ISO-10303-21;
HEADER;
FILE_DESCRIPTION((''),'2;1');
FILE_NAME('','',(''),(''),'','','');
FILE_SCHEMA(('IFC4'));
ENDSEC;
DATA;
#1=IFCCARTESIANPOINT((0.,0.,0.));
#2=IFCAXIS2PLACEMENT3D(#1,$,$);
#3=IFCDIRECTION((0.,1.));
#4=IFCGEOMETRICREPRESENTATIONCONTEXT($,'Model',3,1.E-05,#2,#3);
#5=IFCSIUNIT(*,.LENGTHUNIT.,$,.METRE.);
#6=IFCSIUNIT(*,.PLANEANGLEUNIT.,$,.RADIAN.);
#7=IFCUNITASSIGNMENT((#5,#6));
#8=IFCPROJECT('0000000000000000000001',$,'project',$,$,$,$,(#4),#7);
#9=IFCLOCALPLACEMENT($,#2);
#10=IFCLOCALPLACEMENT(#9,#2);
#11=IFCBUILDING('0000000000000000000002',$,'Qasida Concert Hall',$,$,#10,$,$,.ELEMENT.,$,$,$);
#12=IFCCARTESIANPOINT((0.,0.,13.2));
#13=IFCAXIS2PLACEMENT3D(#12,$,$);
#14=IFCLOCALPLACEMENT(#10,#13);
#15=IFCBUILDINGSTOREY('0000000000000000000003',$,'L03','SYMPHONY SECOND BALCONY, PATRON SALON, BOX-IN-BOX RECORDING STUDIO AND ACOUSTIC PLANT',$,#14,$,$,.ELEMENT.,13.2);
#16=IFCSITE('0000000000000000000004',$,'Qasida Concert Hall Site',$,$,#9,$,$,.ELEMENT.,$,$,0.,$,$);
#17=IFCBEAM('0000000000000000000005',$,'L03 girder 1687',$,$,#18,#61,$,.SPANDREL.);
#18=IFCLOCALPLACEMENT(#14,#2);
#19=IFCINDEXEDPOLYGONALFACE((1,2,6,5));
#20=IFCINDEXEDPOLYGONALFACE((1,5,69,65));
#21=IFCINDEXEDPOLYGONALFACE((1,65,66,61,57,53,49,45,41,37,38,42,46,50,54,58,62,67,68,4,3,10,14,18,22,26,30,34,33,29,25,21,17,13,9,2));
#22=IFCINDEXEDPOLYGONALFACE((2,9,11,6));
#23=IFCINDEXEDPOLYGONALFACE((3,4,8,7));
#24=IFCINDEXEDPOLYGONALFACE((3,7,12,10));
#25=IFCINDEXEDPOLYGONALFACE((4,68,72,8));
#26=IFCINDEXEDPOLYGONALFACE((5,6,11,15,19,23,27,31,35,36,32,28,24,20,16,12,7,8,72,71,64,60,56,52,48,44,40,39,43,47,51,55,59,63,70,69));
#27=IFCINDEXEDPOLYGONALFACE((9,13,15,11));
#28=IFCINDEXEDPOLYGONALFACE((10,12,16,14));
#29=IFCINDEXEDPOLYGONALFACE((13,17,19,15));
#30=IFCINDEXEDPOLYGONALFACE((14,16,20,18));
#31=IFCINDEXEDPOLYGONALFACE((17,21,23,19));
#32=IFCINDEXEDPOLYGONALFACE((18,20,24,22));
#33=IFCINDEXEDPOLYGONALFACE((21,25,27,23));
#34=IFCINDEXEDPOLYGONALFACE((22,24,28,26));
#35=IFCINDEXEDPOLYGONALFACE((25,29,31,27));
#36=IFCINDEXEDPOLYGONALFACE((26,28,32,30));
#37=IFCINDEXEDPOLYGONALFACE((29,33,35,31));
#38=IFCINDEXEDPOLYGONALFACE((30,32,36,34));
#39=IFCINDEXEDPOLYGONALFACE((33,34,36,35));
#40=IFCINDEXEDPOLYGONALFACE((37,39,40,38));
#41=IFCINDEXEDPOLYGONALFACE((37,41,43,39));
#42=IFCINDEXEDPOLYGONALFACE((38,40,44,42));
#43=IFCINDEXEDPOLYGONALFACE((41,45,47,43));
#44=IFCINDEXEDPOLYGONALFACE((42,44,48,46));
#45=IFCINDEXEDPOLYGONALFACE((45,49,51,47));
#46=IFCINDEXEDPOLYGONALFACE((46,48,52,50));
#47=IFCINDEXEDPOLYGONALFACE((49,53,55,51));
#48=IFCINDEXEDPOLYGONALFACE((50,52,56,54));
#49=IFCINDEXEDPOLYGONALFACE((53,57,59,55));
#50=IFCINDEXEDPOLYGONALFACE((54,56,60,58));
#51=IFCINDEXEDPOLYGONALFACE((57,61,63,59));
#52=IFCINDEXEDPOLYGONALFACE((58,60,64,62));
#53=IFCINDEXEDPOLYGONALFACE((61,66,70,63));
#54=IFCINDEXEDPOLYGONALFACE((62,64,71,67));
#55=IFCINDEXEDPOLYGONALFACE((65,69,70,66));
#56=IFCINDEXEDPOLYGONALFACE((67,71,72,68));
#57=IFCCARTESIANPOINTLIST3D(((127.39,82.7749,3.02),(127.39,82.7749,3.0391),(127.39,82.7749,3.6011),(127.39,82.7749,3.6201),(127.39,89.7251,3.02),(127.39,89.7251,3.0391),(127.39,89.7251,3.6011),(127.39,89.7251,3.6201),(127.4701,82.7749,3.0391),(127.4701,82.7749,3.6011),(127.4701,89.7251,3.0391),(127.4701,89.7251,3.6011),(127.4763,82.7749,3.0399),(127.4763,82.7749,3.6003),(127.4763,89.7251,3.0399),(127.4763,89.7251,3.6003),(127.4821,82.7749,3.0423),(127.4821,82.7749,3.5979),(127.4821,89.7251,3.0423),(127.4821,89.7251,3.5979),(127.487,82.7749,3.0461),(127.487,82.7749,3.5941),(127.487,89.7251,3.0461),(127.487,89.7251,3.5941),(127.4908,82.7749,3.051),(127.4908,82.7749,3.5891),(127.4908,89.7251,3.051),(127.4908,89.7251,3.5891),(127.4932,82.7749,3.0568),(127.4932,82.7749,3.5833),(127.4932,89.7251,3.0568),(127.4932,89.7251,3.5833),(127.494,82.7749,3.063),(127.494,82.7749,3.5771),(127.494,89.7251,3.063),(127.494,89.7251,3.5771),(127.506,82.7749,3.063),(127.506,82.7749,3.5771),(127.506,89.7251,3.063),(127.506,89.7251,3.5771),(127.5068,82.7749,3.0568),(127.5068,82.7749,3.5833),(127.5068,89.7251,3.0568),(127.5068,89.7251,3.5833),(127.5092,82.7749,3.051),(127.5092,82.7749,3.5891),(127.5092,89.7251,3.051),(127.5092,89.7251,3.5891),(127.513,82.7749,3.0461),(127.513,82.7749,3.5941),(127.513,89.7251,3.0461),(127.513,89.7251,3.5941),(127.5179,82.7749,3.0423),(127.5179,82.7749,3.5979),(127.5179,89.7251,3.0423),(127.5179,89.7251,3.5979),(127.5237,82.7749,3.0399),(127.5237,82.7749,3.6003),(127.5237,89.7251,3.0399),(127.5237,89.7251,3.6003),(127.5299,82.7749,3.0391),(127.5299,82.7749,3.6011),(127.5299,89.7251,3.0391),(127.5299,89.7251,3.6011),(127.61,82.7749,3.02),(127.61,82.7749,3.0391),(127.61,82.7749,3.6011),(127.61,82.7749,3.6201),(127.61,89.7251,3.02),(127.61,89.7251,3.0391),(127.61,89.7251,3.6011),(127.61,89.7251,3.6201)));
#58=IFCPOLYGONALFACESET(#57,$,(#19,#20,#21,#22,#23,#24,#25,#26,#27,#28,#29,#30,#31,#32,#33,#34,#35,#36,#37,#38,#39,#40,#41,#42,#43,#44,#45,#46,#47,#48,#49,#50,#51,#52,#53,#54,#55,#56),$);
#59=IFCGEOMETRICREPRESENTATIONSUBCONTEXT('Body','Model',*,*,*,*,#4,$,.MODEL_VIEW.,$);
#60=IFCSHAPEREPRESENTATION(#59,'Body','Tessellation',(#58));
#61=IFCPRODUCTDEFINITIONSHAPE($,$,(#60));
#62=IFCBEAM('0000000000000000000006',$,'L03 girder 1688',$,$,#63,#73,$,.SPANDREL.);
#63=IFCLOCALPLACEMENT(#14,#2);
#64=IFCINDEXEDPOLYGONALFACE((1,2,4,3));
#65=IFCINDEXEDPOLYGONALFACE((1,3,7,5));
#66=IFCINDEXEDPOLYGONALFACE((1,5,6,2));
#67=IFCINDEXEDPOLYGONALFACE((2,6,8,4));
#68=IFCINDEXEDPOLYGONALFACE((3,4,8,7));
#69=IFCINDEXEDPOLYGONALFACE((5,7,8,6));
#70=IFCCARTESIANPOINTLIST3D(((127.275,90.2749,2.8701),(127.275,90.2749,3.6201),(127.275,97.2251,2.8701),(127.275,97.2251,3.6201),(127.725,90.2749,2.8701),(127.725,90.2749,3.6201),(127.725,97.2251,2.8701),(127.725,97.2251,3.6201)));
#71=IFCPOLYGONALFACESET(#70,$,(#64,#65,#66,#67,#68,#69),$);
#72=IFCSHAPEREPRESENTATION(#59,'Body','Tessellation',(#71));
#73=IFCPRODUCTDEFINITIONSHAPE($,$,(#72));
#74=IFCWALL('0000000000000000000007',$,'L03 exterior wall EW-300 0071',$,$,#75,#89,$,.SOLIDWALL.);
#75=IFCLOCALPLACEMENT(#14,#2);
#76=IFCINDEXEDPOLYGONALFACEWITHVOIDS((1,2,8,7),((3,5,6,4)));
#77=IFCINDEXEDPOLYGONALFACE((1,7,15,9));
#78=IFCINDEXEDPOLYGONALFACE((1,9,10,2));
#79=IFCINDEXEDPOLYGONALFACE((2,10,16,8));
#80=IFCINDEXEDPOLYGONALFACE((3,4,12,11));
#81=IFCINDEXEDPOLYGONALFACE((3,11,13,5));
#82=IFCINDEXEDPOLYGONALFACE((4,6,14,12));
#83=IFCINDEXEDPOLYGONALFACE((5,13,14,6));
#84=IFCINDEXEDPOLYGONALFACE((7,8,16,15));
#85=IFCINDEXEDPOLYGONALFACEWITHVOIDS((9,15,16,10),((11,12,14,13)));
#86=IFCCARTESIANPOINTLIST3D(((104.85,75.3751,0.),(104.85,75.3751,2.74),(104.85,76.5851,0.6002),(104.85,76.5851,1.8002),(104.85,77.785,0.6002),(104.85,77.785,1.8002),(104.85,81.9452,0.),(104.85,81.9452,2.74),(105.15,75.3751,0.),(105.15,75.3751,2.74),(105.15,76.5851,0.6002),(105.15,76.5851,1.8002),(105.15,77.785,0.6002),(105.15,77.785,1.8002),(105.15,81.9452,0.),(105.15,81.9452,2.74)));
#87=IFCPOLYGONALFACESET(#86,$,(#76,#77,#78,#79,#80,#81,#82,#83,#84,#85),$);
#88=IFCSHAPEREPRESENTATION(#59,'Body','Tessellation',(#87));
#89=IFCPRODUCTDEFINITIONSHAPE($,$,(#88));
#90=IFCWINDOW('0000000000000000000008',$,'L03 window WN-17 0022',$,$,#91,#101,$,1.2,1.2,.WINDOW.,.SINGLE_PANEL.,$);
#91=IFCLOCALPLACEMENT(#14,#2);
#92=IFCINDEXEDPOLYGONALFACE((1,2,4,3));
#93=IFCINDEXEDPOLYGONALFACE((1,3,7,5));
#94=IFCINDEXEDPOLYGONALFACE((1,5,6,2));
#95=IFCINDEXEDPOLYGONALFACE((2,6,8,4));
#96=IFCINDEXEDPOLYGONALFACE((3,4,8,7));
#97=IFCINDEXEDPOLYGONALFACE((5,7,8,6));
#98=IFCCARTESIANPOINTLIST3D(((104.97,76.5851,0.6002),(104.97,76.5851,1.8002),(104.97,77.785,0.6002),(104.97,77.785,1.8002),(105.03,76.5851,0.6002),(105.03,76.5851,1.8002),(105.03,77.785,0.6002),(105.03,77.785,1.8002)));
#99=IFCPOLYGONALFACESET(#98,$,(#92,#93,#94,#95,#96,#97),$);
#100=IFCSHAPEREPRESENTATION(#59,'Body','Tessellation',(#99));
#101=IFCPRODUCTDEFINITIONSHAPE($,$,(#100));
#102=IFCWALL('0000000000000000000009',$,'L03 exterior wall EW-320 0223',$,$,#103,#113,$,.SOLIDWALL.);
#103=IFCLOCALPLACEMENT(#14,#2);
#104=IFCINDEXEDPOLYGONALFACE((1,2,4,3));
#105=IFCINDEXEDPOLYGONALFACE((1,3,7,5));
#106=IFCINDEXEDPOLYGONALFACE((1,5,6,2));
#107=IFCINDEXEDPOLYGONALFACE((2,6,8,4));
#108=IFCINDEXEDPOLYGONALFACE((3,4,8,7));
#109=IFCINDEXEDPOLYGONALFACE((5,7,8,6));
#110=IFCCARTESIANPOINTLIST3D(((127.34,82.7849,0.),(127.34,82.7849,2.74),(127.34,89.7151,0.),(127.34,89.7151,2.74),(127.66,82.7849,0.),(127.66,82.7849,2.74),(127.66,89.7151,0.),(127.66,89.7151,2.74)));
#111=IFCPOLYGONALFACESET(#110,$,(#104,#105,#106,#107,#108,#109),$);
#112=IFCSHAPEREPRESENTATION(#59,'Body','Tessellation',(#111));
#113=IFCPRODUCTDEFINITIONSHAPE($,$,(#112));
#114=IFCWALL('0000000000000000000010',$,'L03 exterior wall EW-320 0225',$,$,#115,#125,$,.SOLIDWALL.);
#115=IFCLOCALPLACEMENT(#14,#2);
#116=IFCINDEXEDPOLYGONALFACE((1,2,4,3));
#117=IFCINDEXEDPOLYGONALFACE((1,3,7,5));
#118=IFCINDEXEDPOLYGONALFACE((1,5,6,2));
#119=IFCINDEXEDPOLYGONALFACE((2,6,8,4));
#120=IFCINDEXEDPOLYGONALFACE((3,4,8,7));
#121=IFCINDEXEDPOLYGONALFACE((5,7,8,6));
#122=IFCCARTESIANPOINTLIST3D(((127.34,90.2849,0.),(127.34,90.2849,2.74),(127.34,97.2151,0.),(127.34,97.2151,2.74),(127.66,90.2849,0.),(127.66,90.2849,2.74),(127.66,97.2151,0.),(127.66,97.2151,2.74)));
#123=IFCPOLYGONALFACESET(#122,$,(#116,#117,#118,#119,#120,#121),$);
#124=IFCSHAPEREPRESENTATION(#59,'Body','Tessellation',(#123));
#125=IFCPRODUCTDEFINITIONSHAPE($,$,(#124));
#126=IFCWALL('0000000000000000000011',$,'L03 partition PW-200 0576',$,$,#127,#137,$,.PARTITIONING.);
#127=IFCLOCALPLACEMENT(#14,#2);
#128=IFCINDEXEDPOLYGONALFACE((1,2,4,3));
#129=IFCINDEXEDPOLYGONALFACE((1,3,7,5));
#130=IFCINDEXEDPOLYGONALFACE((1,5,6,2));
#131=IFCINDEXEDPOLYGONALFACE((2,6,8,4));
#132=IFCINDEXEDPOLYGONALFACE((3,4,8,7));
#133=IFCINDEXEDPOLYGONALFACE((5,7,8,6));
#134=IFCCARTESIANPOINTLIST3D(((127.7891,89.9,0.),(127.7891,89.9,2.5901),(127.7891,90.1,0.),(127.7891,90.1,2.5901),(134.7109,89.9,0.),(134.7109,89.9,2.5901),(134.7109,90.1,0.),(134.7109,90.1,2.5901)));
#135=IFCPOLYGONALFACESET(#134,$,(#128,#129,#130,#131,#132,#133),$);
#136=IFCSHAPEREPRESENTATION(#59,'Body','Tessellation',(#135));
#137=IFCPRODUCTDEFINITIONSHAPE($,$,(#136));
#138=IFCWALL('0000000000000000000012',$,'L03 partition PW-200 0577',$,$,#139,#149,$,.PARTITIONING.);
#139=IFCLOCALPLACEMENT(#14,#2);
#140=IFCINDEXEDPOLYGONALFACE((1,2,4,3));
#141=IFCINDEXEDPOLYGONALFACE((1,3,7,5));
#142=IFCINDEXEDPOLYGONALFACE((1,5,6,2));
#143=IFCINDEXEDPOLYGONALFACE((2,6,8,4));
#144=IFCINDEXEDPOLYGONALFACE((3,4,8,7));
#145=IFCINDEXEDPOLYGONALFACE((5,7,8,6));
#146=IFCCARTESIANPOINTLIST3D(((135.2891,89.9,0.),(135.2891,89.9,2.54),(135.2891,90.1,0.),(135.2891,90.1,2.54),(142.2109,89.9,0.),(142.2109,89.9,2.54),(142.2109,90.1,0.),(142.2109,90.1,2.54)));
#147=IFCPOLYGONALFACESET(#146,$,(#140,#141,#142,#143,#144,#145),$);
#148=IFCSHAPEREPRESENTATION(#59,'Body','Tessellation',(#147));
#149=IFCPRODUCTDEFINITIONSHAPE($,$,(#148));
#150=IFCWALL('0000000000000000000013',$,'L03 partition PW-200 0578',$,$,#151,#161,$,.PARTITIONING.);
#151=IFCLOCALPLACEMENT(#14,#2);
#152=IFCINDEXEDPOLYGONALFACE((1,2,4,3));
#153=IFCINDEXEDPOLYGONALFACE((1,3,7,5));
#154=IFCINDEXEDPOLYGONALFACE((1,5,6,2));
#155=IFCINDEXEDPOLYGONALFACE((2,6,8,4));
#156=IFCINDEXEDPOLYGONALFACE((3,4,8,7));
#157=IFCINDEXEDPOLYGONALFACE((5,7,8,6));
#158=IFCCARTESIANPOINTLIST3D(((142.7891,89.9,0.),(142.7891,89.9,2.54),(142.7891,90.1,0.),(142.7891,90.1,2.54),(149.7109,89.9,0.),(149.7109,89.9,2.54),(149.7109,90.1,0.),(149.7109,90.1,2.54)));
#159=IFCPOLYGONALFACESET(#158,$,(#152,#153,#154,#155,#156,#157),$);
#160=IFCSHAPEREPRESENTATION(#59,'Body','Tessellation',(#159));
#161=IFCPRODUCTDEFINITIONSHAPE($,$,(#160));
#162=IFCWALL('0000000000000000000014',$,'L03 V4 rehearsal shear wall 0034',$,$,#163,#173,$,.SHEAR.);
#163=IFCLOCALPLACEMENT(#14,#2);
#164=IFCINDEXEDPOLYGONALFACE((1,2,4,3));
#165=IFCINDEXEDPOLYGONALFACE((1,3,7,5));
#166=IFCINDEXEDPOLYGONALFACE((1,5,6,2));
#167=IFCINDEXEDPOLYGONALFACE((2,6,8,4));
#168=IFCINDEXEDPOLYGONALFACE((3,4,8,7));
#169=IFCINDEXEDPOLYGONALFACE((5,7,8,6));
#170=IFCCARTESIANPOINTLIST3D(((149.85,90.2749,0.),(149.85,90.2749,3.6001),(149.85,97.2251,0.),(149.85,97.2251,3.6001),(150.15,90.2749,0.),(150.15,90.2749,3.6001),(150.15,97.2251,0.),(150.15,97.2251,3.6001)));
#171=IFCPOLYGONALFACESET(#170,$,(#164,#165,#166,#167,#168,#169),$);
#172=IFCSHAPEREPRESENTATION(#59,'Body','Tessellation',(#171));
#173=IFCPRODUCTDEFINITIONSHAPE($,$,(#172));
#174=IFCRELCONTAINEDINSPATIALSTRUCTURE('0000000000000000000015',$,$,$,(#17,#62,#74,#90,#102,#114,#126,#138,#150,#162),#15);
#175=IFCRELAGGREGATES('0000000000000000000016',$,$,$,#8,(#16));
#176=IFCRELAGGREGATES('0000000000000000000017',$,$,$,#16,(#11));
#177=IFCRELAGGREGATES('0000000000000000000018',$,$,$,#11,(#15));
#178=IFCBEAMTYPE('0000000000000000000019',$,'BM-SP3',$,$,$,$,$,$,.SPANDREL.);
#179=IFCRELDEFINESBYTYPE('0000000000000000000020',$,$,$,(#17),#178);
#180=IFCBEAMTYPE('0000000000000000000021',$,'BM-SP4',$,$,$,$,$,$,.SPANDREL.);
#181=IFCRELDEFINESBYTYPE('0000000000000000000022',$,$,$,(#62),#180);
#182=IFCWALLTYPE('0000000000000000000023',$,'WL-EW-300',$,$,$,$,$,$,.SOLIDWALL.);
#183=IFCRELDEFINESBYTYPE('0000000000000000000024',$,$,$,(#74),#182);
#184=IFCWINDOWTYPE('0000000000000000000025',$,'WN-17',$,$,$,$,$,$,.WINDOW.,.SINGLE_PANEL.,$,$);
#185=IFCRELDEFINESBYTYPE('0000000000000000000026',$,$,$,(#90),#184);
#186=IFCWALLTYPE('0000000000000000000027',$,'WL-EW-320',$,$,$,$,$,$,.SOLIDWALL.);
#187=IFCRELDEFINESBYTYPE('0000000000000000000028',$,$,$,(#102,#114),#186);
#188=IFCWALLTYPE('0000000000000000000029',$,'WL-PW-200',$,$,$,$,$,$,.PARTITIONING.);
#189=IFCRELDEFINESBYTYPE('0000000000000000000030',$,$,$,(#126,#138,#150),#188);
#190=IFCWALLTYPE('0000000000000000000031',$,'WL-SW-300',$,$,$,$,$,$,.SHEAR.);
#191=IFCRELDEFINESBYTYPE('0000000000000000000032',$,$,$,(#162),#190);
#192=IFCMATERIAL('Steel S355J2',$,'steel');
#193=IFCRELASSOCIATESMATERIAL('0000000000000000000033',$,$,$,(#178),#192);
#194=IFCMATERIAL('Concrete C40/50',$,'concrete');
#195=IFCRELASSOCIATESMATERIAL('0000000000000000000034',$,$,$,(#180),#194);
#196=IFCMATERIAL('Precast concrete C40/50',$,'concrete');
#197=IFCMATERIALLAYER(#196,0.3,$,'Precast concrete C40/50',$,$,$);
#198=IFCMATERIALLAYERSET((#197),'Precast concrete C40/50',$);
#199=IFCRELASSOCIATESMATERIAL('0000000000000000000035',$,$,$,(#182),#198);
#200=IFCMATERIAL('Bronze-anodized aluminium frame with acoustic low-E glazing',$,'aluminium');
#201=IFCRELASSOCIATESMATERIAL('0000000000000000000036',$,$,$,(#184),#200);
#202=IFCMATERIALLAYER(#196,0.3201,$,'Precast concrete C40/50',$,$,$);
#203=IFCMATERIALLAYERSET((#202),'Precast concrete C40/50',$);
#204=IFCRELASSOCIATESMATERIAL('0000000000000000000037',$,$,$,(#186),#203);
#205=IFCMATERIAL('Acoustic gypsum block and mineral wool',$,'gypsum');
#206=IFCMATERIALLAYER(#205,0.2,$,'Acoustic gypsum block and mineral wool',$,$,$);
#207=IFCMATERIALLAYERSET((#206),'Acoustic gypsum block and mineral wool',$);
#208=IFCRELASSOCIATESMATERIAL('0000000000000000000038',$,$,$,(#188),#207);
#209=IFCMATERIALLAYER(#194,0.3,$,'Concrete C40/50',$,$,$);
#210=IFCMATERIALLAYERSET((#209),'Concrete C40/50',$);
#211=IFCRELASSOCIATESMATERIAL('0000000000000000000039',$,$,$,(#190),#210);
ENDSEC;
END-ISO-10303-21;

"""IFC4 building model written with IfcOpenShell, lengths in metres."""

from ifc_helpers import new_model, si_unit, direction, frame, frame_2d, origin, origin_2d, place, context, subcontext, project, spatial, rectangle, i_section, extrude, material, layer, layer_set, material_profile, profile_set, type_object, element, fill, save


model = new_model("IFC4")

# Units and contexts
model_context = context("Model", 3, precision=1e-05, world=origin(), true_north=direction((0.0, 1.0)))
body_context = subcontext(model_context, "Body", "Model", "MODEL_VIEW")
ifc_project = project(units=[si_unit("LENGTHUNIT", "METRE"), si_unit("PLANEANGLEUNIT", "RADIAN")], contexts=[model_context])

# Site, building, storey
site_placement = place(None, origin())
site = spatial("IfcSite", under=ifc_project, at=site_placement, Name="Qasida Concert Hall Site", CompositionType="ELEMENT", RefElevation=0.0)
building_placement = place(site_placement, origin())
building = spatial("IfcBuilding", under=site, at=building_placement, Name="Qasida Concert Hall", CompositionType="ELEMENT")
storey_placement = place(building_placement, frame((0.0, 0.0, 13.2)))
storey = spatial("IfcBuildingStorey", under=building, at=storey_placement, Name="L03", Description="SYMPHONY SECOND BALCONY, PATRON SALON, BOX-IN-BOX RECORDING STUDIO AND ACOUSTIC PLANT", CompositionType="ELEMENT", Elevation=13.2)

# Beams
ifc_material_1 = material(Name="Concrete C40/50", Category="concrete")
ifc_material_2 = material(Name="Steel S355J2", Category="steel")
ifc_material_profile_1 = material_profile(ifc_material_2, i_section(OverallWidth=0.22, OverallDepth=0.6001, WebThickness=0.012, FlangeThickness=0.019, FilletRadius=0.0239, at=origin_2d()), Name="IPE 600")
ifc_profile_set_1 = profile_set([ifc_material_profile_1], Name="Steel S355J2")
beam_type_1 = type_object("IfcBeamType", Name="BM-SP3", PredefinedType="SPANDREL", material=ifc_profile_set_1)
beam_1_placement = place(storey_placement, frame((127.5, 82.7749, 3.3201), z_axis=(0.0, 1.0, 0.0), x_axis=(-1.0, 0.0, 0.0)))
element("IfcBeam", 1, at=beam_1_placement, inside=storey, type_object=beam_type_1, Name="L03 girder 1687", PredefinedType="SPANDREL", context=body_context, shape_type="SweptSolid", body=[
    extrude(i_section(OverallWidth=0.22, OverallDepth=0.6001, WebThickness=0.012, FlangeThickness=0.019, FilletRadius=0.0239, at=origin_2d()), origin(), (0.0, 0.0, 1.0), 6.9502),
])
ifc_material_profile_2 = material_profile(ifc_material_1, rectangle(XDim=0.45, YDim=0.75, at=origin_2d()), Name="RC 450x750")
ifc_profile_set_2 = profile_set([ifc_material_profile_2], Name="Concrete C40/50")
beam_type_2 = type_object("IfcBeamType", Name="BM-SP4", PredefinedType="SPANDREL", material=ifc_profile_set_2)
beam_2_placement = place(storey_placement, frame((127.5, 90.2749, 3.2451), z_axis=(0.0, 1.0, 0.0), x_axis=(-1.0, 0.0, 0.0)))
element("IfcBeam", 2, at=beam_2_placement, inside=storey, type_object=beam_type_2, Name="L03 girder 1688", PredefinedType="SPANDREL", context=body_context, shape_type="SweptSolid", body=[
    extrude(rectangle(XDim=0.45, YDim=0.75, at=origin_2d()), origin(), (0.0, 0.0, 1.0), 6.9502),
])

# Wall, opening, window
ifc_material_3 = material(Name="Precast concrete C40/50", Category="concrete")
ifc_layer_1 = layer(ifc_material_3, 0.3, Name="Precast concrete C40/50")
ifc_layer_set_1 = layer_set([ifc_layer_1], Name="Precast concrete C40/50")
wall_type_1 = type_object("IfcWallType", Name="WL-EW-300", PredefinedType="SOLIDWALL", material=ifc_layer_set_1)
wall_1_placement = place(storey_placement, frame((105.0, 75.375, 0.0), z_axis=(0.0, 0.0, 1.0), x_axis=(0.0, 1.0, 0.0)))
wall_1 = element("IfcWall", 3, at=wall_1_placement, inside=storey, type_object=wall_type_1, Name="L03 exterior wall EW-300 0071", PredefinedType="SOLIDWALL", context=body_context, shape_type="SweptSolid", body=[
    extrude(rectangle(XDim=6.5701, YDim=0.3, at=frame_2d((3.2852, 0.0))), origin(), (0.0, 0.0, 1.0), 2.74),
])
opening_placement = place(wall_1_placement, frame((1.21, 0.0, 0.6001)))
opening = element("IfcOpeningElement", 4, at=opening_placement, cuts=wall_1, PredefinedType="OPENING", context=body_context, shape_type="SweptSolid", body=[
    extrude(rectangle(XDim=1.2, YDim=1.2, at=frame_2d((0.6001, 0.6001))), frame((0.0, 0.1599, 0.0), z_axis=(0.0, -1.0, 0.0), x_axis=(1.0, 0.0, 0.0)), (0.0, 0.0, 1.0), 0.3201),
])
ifc_material_4 = material(Name="Bronze-anodized aluminium frame with acoustic low-E glazing", Category="aluminium")
window_type = type_object("IfcWindowType", Name="WN-17", PartitioningType="SINGLE_PANEL", PredefinedType="WINDOW", material=ifc_material_4)
window_placement = place(opening_placement, origin())
window = element("IfcWindow", 5, at=window_placement, inside=storey, type_object=window_type, Name="L03 window WN-17 0022", OverallHeight=1.2, OverallWidth=1.2, PartitioningType="SINGLE_PANEL", PredefinedType="WINDOW", context=body_context, shape_type="SweptSolid", body=[
    extrude(rectangle(XDim=1.2, YDim=1.2, at=frame_2d((0.6001, 0.6001))), frame((0.0, 0.03, 0.0), z_axis=(0.0, -1.0, 0.0), x_axis=(1.0, 0.0, 0.0)), (0.0, 0.0, 1.0), 0.0601),
])
fill(opening, window)

# Walls
ifc_layer_2 = layer(ifc_material_3, 0.3201, Name="Precast concrete C40/50")
ifc_layer_set_2 = layer_set([ifc_layer_2], Name="Precast concrete C40/50")
wall_type_2 = type_object("IfcWallType", Name="WL-EW-320", PredefinedType="SOLIDWALL", material=ifc_layer_set_2)
for number, where, z_axis, x_axis, name in (
    (6, (127.5, 82.7849, 0.0), (0.0, 0.0, 1.0), (0.0, 1.0, 0.0), "L03 exterior wall EW-320 0223"),
    (7, (127.5, 90.2849, 0.0), (0.0, 0.0, 1.0), (0.0, 1.0, 0.0), "L03 exterior wall EW-320 0225"),
):
    element("IfcWall", number, at=place(storey_placement, frame(where, z_axis=z_axis, x_axis=x_axis)), inside=storey, type_object=wall_type_2, Name=name, PredefinedType="SOLIDWALL", context=body_context, shape_type="SweptSolid", body=[
        extrude(rectangle(XDim=6.9302, YDim=0.3201, at=frame_2d((3.4651, 0.0))), origin(), (0.0, 0.0, 1.0), 2.74),
    ])
ifc_material_5 = material(Name="Acoustic gypsum block and mineral wool", Category="gypsum")
ifc_layer_3 = layer(ifc_material_5, 0.2, Name="Acoustic gypsum block and mineral wool")
ifc_layer_set_3 = layer_set([ifc_layer_3], Name="Acoustic gypsum block and mineral wool")
wall_type_3 = type_object("IfcWallType", Name="WL-PW-200", PredefinedType="PARTITIONING", material=ifc_layer_set_3)
wall_2_placement = place(storey_placement, frame((127.7891, 90.0, 0.0), z_axis=(0.0, 0.0, 1.0), x_axis=(1.0, 0.0, 0.0)))
element("IfcWall", 8, at=wall_2_placement, inside=storey, type_object=wall_type_3, Name="L03 partition PW-200 0576", PredefinedType="PARTITIONING", context=body_context, shape_type="SweptSolid", body=[
    extrude(rectangle(XDim=6.9219, YDim=0.2, at=frame_2d((3.4609, 0.0))), origin(), (0.0, 0.0, 1.0), 2.5901),
])
for number, where, z_axis, x_axis, name in (
    (9, (135.2891, 90.0, 0.0), (0.0, 0.0, 1.0), (1.0, 0.0, 0.0), "L03 partition PW-200 0577"),
    (10, (142.7891, 90.0, 0.0), (0.0, 0.0, 1.0), (1.0, 0.0, 0.0), "L03 partition PW-200 0578"),
):
    element("IfcWall", number, at=place(storey_placement, frame(where, z_axis=z_axis, x_axis=x_axis)), inside=storey, type_object=wall_type_3, Name=name, PredefinedType="PARTITIONING", context=body_context, shape_type="SweptSolid", body=[
        extrude(rectangle(XDim=6.9219, YDim=0.2, at=frame_2d((3.4609, 0.0))), origin(), (0.0, 0.0, 1.0), 2.54),
    ])
ifc_layer_4 = layer(ifc_material_1, 0.3, Name="Concrete C40/50")
ifc_layer_set_4 = layer_set([ifc_layer_4], Name="Concrete C40/50")
wall_type_4 = type_object("IfcWallType", Name="WL-SW-300", PredefinedType="SHEAR", material=ifc_layer_set_4)
wall_3_placement = place(storey_placement, frame((150.0, 90.2749, 0.0), z_axis=(0.0, 0.0, 1.0), x_axis=(0.0, 1.0, 0.0)))
element("IfcWall", 11, at=wall_3_placement, inside=storey, type_object=wall_type_4, Name="L03 V4 rehearsal shear wall 0034", PredefinedType="SHEAR", context=body_context, shape_type="SweptSolid", body=[
    extrude(rectangle(XDim=6.9502, YDim=0.3, at=frame_2d((3.4751, 0.0))), origin(), (0.0, 0.0, 1.0), 3.6001),
])

save(model, "model.ifc")
